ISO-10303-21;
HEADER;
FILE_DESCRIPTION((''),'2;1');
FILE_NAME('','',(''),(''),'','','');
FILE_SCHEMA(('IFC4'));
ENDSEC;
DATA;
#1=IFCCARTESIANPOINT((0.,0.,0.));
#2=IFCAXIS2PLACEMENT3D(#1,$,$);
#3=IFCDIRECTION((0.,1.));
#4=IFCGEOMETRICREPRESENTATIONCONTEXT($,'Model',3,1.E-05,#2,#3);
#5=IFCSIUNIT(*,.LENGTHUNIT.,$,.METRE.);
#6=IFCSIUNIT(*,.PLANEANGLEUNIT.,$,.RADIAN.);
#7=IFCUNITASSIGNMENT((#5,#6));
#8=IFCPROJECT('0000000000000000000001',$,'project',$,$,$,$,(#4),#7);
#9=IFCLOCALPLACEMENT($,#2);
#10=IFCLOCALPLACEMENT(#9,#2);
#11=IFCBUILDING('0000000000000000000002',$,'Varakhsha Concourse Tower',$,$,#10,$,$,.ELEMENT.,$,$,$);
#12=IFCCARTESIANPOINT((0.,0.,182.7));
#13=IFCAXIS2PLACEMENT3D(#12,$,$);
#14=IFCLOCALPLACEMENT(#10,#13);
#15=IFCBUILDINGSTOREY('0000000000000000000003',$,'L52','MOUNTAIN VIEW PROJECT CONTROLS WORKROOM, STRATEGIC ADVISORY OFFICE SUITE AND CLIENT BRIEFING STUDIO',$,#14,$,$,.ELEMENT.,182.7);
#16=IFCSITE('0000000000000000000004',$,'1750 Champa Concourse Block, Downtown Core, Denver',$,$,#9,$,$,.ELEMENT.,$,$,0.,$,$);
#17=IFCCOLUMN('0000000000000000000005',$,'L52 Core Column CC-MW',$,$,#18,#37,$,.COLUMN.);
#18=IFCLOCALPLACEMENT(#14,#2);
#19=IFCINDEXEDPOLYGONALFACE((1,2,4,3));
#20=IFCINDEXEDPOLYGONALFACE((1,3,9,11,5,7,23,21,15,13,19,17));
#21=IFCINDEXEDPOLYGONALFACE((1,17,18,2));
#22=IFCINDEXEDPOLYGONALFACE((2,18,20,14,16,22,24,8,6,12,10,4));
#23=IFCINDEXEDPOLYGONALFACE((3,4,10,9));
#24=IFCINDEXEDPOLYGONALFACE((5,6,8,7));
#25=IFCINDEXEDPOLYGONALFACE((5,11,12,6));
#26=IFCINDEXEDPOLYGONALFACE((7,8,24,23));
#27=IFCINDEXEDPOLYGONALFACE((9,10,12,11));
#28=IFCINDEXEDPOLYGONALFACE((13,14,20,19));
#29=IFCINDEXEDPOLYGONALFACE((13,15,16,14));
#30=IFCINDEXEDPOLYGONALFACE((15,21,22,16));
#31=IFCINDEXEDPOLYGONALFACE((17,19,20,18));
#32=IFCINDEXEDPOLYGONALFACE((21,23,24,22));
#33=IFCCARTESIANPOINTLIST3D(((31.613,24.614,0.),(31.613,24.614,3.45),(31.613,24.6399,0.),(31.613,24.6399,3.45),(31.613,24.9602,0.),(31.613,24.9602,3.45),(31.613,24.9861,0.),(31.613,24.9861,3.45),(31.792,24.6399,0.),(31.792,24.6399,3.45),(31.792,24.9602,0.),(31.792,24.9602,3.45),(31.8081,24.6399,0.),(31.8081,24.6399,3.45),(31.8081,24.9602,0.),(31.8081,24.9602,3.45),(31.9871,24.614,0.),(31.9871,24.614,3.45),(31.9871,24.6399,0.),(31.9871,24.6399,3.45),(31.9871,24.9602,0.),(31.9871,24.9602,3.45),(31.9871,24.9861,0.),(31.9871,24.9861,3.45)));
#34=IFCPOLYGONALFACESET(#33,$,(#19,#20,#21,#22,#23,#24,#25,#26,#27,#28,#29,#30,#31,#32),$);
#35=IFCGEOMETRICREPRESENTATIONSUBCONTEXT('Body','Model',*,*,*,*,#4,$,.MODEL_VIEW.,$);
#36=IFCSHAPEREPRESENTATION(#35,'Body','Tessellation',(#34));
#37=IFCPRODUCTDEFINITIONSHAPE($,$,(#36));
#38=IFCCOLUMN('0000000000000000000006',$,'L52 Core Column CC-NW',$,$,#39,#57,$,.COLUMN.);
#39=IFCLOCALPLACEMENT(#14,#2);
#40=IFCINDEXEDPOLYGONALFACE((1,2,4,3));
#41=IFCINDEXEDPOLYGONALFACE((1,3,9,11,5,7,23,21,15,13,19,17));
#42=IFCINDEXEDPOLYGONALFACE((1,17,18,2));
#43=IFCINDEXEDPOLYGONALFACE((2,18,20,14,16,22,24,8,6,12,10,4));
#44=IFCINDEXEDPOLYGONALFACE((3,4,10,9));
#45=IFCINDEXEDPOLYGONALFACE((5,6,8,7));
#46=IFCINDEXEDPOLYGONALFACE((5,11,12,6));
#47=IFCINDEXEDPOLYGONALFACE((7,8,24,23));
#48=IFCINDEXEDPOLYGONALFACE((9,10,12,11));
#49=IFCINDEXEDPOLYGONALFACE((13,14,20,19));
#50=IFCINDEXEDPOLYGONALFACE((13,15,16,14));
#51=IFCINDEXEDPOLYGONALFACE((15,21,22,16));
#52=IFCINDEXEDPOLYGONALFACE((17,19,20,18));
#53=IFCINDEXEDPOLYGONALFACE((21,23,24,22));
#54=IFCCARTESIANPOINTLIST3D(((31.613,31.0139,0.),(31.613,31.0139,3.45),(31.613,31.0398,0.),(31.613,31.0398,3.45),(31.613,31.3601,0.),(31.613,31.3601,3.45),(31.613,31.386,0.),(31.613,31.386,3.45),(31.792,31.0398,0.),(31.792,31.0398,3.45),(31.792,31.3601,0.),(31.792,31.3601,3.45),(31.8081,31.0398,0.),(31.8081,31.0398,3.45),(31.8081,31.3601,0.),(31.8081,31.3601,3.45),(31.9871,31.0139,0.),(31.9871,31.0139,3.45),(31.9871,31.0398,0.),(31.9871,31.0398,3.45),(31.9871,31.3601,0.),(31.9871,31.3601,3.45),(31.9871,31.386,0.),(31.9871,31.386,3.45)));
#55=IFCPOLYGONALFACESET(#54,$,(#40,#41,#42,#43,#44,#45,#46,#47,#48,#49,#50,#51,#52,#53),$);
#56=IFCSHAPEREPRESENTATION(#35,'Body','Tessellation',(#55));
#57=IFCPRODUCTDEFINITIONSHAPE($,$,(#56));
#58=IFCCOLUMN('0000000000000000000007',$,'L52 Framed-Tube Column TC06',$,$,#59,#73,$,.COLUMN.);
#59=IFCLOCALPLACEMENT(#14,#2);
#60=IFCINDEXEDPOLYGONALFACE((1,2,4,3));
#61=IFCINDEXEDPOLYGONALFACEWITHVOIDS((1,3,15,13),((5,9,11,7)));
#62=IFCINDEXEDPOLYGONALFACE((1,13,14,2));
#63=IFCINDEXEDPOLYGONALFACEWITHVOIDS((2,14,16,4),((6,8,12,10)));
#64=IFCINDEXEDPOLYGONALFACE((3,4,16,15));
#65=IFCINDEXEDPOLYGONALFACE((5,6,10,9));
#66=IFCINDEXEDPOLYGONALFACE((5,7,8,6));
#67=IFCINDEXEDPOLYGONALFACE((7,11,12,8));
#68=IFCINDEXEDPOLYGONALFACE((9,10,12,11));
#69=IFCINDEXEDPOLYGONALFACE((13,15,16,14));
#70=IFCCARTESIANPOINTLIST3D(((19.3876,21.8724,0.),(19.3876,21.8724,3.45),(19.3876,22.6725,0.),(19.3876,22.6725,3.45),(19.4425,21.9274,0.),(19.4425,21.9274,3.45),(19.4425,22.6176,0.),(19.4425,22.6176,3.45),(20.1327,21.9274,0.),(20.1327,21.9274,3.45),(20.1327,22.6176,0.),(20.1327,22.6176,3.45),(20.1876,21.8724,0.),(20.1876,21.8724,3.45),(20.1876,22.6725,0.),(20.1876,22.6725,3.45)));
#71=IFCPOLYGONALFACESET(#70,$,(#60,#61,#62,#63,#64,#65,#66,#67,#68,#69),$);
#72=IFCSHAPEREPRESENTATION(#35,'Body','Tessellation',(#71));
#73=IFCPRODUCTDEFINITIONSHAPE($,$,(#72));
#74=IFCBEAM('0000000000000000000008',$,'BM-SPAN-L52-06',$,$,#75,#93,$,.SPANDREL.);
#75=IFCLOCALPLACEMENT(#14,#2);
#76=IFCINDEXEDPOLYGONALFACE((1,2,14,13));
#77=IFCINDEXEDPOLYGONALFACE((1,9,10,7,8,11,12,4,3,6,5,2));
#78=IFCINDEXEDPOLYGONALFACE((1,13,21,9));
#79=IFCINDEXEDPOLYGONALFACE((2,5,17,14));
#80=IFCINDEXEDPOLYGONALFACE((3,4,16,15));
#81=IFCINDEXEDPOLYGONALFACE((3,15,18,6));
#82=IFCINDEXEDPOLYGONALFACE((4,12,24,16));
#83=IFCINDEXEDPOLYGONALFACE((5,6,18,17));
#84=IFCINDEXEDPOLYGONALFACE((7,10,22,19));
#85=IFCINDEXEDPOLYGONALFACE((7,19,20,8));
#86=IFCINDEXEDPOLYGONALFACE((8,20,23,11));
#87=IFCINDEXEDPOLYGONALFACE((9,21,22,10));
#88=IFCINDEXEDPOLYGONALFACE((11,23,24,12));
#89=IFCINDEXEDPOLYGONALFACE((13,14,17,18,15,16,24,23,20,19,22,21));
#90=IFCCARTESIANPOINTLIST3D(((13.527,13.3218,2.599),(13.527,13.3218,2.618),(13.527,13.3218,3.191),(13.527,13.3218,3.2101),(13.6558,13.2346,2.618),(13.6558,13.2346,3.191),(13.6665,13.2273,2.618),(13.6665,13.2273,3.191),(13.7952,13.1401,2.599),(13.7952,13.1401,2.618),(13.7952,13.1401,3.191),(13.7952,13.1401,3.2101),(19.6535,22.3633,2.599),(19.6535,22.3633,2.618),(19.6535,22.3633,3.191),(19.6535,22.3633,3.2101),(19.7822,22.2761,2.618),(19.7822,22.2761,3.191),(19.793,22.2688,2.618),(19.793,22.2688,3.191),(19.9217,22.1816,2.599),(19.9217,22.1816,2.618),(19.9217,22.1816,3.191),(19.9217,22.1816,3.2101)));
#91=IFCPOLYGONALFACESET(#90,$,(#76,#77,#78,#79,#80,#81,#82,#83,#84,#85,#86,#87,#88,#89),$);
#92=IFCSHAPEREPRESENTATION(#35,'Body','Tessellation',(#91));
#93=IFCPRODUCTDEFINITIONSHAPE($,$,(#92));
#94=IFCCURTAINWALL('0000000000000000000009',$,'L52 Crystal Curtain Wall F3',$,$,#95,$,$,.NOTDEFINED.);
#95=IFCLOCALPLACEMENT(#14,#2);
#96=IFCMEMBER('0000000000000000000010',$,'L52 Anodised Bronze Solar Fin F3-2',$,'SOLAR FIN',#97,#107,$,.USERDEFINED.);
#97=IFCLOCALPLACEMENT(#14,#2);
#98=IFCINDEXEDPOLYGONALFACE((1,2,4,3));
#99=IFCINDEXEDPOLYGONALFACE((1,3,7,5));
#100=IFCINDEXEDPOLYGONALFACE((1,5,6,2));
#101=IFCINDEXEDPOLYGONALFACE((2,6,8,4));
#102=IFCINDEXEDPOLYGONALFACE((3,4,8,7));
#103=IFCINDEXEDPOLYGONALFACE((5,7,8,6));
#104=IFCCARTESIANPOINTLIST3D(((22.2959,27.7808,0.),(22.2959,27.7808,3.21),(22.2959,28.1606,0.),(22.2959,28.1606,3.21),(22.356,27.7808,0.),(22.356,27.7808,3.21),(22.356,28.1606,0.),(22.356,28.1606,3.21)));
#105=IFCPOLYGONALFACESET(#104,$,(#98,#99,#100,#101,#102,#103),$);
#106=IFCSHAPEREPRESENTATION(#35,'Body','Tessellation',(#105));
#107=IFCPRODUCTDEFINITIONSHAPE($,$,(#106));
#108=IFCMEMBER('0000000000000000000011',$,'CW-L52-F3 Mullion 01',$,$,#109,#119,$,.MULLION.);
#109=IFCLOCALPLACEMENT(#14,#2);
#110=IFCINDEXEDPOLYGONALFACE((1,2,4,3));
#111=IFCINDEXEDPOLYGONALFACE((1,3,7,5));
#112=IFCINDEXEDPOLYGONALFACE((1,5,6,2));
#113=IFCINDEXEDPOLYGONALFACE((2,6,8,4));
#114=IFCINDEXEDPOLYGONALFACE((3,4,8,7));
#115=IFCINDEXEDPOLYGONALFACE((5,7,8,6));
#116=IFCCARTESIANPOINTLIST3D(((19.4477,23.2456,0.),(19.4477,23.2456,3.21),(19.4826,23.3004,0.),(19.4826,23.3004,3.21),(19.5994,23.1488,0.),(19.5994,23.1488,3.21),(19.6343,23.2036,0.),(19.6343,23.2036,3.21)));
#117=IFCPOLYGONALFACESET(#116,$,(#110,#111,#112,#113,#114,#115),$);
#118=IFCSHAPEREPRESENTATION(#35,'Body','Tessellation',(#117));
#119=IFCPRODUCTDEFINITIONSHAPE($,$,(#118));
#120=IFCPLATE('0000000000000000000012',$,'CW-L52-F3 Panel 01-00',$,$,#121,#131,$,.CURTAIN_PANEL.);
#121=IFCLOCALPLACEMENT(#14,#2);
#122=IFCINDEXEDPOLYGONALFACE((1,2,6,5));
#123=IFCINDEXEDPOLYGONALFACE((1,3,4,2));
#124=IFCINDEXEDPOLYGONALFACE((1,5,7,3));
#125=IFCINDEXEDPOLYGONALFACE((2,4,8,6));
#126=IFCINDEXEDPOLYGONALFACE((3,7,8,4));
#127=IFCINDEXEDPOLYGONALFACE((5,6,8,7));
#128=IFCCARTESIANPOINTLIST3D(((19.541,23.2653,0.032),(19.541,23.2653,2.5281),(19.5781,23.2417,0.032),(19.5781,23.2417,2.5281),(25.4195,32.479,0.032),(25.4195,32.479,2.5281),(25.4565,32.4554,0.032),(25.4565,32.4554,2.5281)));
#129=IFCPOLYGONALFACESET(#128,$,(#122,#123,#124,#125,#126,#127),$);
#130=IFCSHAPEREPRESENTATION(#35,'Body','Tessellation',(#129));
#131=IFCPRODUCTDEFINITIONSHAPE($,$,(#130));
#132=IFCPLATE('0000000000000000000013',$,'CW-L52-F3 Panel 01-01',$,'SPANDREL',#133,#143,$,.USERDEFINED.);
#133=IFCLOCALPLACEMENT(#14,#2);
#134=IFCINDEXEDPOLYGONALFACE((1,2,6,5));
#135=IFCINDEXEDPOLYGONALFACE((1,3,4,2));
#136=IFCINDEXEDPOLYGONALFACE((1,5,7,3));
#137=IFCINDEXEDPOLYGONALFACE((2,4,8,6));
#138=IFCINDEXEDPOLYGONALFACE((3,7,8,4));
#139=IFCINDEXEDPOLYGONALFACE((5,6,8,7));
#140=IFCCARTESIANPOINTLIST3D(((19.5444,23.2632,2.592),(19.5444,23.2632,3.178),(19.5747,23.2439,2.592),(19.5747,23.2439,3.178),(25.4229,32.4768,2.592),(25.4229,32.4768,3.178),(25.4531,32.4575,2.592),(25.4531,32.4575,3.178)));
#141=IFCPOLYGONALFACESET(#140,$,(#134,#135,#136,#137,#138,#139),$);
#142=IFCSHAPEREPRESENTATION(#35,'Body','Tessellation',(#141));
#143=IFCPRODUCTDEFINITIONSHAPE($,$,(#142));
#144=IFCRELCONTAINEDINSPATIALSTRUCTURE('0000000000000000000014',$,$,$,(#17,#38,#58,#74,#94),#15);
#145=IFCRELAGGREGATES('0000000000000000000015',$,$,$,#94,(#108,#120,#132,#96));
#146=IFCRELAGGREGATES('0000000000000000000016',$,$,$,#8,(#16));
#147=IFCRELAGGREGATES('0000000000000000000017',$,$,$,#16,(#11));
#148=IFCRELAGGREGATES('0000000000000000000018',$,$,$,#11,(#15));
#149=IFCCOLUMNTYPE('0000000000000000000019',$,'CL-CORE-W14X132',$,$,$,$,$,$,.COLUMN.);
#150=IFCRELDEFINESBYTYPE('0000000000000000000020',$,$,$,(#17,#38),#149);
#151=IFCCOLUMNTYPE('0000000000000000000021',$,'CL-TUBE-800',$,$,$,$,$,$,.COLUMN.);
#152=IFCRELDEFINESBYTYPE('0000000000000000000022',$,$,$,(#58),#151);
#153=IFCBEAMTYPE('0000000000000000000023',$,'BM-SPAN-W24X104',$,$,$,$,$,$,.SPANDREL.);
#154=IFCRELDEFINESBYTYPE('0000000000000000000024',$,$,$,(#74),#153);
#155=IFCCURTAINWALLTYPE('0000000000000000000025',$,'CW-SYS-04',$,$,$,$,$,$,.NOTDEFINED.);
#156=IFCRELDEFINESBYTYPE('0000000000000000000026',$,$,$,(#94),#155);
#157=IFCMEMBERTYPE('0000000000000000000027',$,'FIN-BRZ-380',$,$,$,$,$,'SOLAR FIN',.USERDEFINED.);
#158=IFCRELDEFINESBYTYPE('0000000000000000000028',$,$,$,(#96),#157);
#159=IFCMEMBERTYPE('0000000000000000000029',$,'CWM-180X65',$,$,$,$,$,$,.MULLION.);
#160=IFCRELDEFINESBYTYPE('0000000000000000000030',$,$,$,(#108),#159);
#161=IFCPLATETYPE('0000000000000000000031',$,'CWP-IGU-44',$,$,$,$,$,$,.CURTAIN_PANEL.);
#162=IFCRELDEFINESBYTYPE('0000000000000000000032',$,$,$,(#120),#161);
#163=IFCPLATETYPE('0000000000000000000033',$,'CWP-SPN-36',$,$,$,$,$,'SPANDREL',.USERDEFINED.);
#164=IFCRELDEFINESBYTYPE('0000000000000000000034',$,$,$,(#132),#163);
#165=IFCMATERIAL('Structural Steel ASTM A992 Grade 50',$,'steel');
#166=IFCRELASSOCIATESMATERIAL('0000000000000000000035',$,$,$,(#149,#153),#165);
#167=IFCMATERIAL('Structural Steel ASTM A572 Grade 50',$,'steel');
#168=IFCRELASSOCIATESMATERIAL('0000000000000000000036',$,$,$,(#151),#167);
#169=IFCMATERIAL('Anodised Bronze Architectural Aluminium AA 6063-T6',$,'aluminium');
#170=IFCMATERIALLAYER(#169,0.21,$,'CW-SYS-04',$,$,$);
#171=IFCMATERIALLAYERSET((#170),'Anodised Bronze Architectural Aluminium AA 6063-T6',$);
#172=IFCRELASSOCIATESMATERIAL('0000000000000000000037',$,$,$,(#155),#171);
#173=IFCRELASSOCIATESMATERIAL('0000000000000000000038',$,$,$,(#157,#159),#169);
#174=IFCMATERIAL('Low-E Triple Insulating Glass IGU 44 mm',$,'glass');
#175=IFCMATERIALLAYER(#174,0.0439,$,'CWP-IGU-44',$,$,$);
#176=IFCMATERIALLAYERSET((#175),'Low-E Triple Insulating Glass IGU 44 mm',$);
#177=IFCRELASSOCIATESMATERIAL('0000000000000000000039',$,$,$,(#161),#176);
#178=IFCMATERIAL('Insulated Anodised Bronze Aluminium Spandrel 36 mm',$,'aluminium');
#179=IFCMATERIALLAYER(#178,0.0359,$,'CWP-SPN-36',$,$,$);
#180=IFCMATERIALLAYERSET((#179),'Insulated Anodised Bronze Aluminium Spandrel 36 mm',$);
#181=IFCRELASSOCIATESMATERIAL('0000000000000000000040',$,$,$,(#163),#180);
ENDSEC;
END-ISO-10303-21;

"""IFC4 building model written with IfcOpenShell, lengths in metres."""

from ifc_helpers import new_model, si_unit, direction, frame, origin, origin_2d, place, context, subcontext, project, spatial, rectangle, hollow_rectangle, i_section, extrude, source, transform, mapped, material, layer, layer_set, material_profile, profile_set, type_object, type_shapes, element, aggregate, save


model = new_model("IFC4")

# Units and contexts
model_context = context("Model", 3, precision=1e-05, world=origin(), true_north=direction((0.0, 1.0)))
body_context = subcontext(model_context, "Body", "Model", "MODEL_VIEW")
ifc_project = project(units=[si_unit("LENGTHUNIT", "METRE"), si_unit("PLANEANGLEUNIT", "RADIAN")], contexts=[model_context])

# Site, building, storey
site_placement = place(None, origin())
site = spatial("IfcSite", under=ifc_project, at=site_placement, Name="1750 Champa Concourse Block, Downtown Core, Denver", CompositionType="ELEMENT", RefElevation=0.0)
building_placement = place(site_placement, origin())
building = spatial("IfcBuilding", under=site, at=building_placement, Name="Varakhsha Concourse Tower", CompositionType="ELEMENT")
storey_placement = place(building_placement, frame((0.0, 0.0, 182.7)))
storey = spatial("IfcBuildingStorey", under=building, at=storey_placement, Name="L52", Description="MOUNTAIN VIEW PROJECT CONTROLS WORKROOM, STRATEGIC ADVISORY OFFICE SUITE AND CLIENT BRIEFING STUDIO", CompositionType="ELEMENT", Elevation=182.7)

# Columns
ifc_material_1 = material(Name="Structural Steel ASTM A992 Grade 50", Category="steel")
ifc_material_profile_1 = material_profile(ifc_material_1, i_section(OverallWidth=0.374, OverallDepth=0.3721, WebThickness=0.0161, FlangeThickness=0.0259, at=origin_2d()), Name="W14X132")
ifc_profile_set_1 = profile_set([ifc_material_profile_1], Name="Structural Steel ASTM A992 Grade 50")
column_type_1 = type_object("IfcColumnType", Name="CL-CORE-W14X132", PredefinedType="COLUMN", material=ifc_profile_set_1)
for number, where, z_axis, x_axis, name in (
    (1, (31.8, 24.8, 0.0), (0.0, 0.0, 1.0), (1.0, 0.0, 0.0), "L52 Core Column CC-MW"),
    (2, (31.8, 31.2, 0.0), (0.0, 0.0, 1.0), (1.0, 0.0, 0.0), "L52 Core Column CC-NW"),
):
    element("IfcColumn", number, at=place(storey_placement, frame(where, z_axis=z_axis, x_axis=x_axis)), inside=storey, type_object=column_type_1, Name=name, PredefinedType="COLUMN", context=body_context, shape_type="SweptSolid", body=[
        extrude(i_section(OverallWidth=0.374, OverallDepth=0.3721, WebThickness=0.0161, FlangeThickness=0.0259, at=origin_2d()), origin(), (0.0, 0.0, 1.0), 3.45),
    ])
ifc_material_2 = material(Name="Structural Steel ASTM A572 Grade 50", Category="steel")
ifc_material_profile_2 = material_profile(ifc_material_2, hollow_rectangle(XDim=0.8, YDim=0.8, WallThickness=0.0549, at=origin_2d()), Name="BOX 800x800x55")
ifc_profile_set_2 = profile_set([ifc_material_profile_2], Name="Structural Steel ASTM A572 Grade 50")
column_type_2 = type_object("IfcColumnType", Name="CL-TUBE-800", PredefinedType="COLUMN", material=ifc_profile_set_2)
column_placement = place(storey_placement, frame((19.7876, 22.2725, 0.0), z_axis=(0.0, 0.0, 1.0), x_axis=(1.0, 0.0, 0.0)))
element("IfcColumn", 3, at=column_placement, inside=storey, type_object=column_type_2, Name="L52 Framed-Tube Column TC06", PredefinedType="COLUMN", context=body_context, shape_type="SweptSolid", body=[
    extrude(hollow_rectangle(XDim=0.8, YDim=0.8, WallThickness=0.0549, at=origin_2d()), origin(), (0.0, 0.0, 1.0), 3.45),
])

# Beam
ifc_material_profile_3 = material_profile(ifc_material_1, i_section(OverallWidth=0.324, OverallDepth=0.6111, WebThickness=0.0129, FlangeThickness=0.019, at=origin_2d()), Name="W24X104")
ifc_profile_set_3 = profile_set([ifc_material_profile_3], Name="Structural Steel ASTM A992 Grade 50")
beam_type = type_object("IfcBeamType", Name="BM-SPAN-W24X104", PredefinedType="SPANDREL", material=ifc_profile_set_3)
beam_placement = place(storey_placement, frame((19.7876, 22.2725, 2.9045), z_axis=(-0.560947, -0.827852, 0.0), x_axis=(0.827852, -0.560947, 0.0)))
element("IfcBeam", 4, at=beam_placement, inside=storey, type_object=beam_type, Name="BM-SPAN-L52-06", PredefinedType="SPANDREL", context=body_context, shape_type="SweptSolid", body=[
    extrude(i_section(OverallWidth=0.324, OverallDepth=0.6111, WebThickness=0.0129, FlangeThickness=0.019, at=origin_2d()), origin(), (0.0, 0.0, 1.0), 10.9216),
])

# Curtain wall, members, plates
ifc_material_3 = material(Name="Anodised Bronze Architectural Aluminium AA 6063-T6", Category="aluminium")
ifc_layer_1 = layer(ifc_material_3, 0.21, Name="CW-SYS-04")
ifc_layer_set_1 = layer_set([ifc_layer_1], Name="Anodised Bronze Architectural Aluminium AA 6063-T6")
curtain_wall_type = type_object("IfcCurtainWallType", Name="CW-SYS-04", PredefinedType="NOTDEFINED", material=ifc_layer_set_1)
curtain_wall_placement = place(storey_placement, origin())
curtain_wall = element("IfcCurtainWall", 5, at=curtain_wall_placement, inside=storey, type_object=curtain_wall_type, Name="L52 Crystal Curtain Wall F3", PredefinedType="NOTDEFINED")
ifc_material_profile_4 = material_profile(ifc_material_3, rectangle(XDim=0.0601, YDim=0.3799, at=origin_2d()), Name="FIN-BRZ-380")
ifc_profile_set_4 = profile_set([ifc_material_profile_4], Name="Anodised Bronze Architectural Aluminium AA 6063-T6")
member_type_1 = type_object("IfcMemberType", Name="FIN-BRZ-380", ElementType="SOLAR FIN", PredefinedType="USERDEFINED", material=ifc_profile_set_4)
shared_shape_1 = source(origin(), body_context, "Body", "SweptSolid", [
    extrude(rectangle(XDim=0.0601, YDim=0.3799, at=origin_2d()), origin(), (0.0, 0.0, 1.0), 3.21),
])
type_shapes(member_type_1, [shared_shape_1])
member_1_placement = place(storey_placement, frame((22.3259, 27.9707, 0.0), z_axis=(0.0, 0.0, 1.0), x_axis=(1.0, 0.0, 0.0)))
member_1 = element("IfcMember", 6, at=member_1_placement, type_object=member_type_1, Name="L52 Anodised Bronze Solar Fin F3-2", ObjectType="SOLAR FIN", PredefinedType="USERDEFINED", context=body_context, shape_type="MappedRepresentation", body=[
    mapped(shared_shape_1, transform((0.0, 0.0, 0.0), scale=1.0)),
])
ifc_material_profile_5 = material_profile(ifc_material_3, rectangle(XDim=0.0649, YDim=0.1799, at=origin_2d()), Name="CWM-180X65")
ifc_profile_set_5 = profile_set([ifc_material_profile_5], Name="Anodised Bronze Architectural Aluminium AA 6063-T6")
member_type_2 = type_object("IfcMemberType", Name="CWM-180X65", PredefinedType="MULLION", material=ifc_profile_set_5)
shared_shape_2 = source(origin(), body_context, "Body", "SweptSolid", [
    extrude(rectangle(XDim=0.0649, YDim=0.1799, at=origin_2d()), origin(), (0.0, 0.0, 1.0), 3.21),
])
type_shapes(member_type_2, [shared_shape_2])
member_2_placement = place(storey_placement, frame((19.541, 23.2246, 0.0), z_axis=(0.0, 0.0, 1.0), x_axis=(0.537863, 0.843032, 0.0)))
member_2 = element("IfcMember", 7, at=member_2_placement, type_object=member_type_2, Name="CW-L52-F3 Mullion 01", PredefinedType="MULLION", context=body_context, shape_type="MappedRepresentation", body=[
    mapped(shared_shape_2, transform((0.0, 0.0, 0.0), scale=1.0)),
])
ifc_material_4 = material(Name="Low-E Triple Insulating Glass IGU 44 mm", Category="glass")
ifc_layer_2 = layer(ifc_material_4, 0.0439, Name="CWP-IGU-44")
ifc_layer_set_2 = layer_set([ifc_layer_2], Name="Low-E Triple Insulating Glass IGU 44 mm")
plate_type_1 = type_object("IfcPlateType", Name="CWP-IGU-44", PredefinedType="CURTAIN_PANEL", material=ifc_layer_set_2)
shared_shape_3 = source(origin(), body_context, "Body", "SweptSolid", [
    extrude(rectangle(XDim=10.9292, YDim=0.0439, at=origin_2d()), origin(), (0.0, 0.0, 1.0), 2.4961),
])
type_shapes(plate_type_1, [shared_shape_3])
plate_1_placement = place(storey_placement, frame((22.4988, 27.8604, 0.032), z_axis=(0.0, 0.0, 1.0), x_axis=(0.537863, 0.843032, 0.0)))
plate_1 = element("IfcPlate", 8, at=plate_1_placement, type_object=plate_type_1, Name="CW-L52-F3 Panel 01-00", PredefinedType="CURTAIN_PANEL", context=body_context, shape_type="MappedRepresentation", body=[
    mapped(shared_shape_3, transform((0.0, 0.0, 0.0), scale=1.0)),
])
ifc_material_5 = material(Name="Insulated Anodised Bronze Aluminium Spandrel 36 mm", Category="aluminium")
ifc_layer_3 = layer(ifc_material_5, 0.0359, Name="CWP-SPN-36")
ifc_layer_set_3 = layer_set([ifc_layer_3], Name="Insulated Anodised Bronze Aluminium Spandrel 36 mm")
plate_type_2 = type_object("IfcPlateType", Name="CWP-SPN-36", ElementType="SPANDREL", PredefinedType="USERDEFINED", material=ifc_layer_set_3)
shared_shape_4 = source(origin(), body_context, "Body", "SweptSolid", [
    extrude(rectangle(XDim=10.9292, YDim=0.0359, at=origin_2d()), origin(), (0.0, 0.0, 1.0), 0.5859),
])
type_shapes(plate_type_2, [shared_shape_4])
plate_2_placement = place(storey_placement, frame((22.4988, 27.8604, 2.592), z_axis=(0.0, 0.0, 1.0), x_axis=(0.537863, 0.843032, 0.0)))
plate_2 = element("IfcPlate", 9, at=plate_2_placement, type_object=plate_type_2, Name="CW-L52-F3 Panel 01-01", ObjectType="SPANDREL", PredefinedType="USERDEFINED", context=body_context, shape_type="MappedRepresentation", body=[
    mapped(shared_shape_4, transform((0.0, 0.0, 0.0), scale=1.0)),
])
aggregate(curtain_wall, [member_2, plate_1, plate_2, member_1])

save(model, "model.ifc")
